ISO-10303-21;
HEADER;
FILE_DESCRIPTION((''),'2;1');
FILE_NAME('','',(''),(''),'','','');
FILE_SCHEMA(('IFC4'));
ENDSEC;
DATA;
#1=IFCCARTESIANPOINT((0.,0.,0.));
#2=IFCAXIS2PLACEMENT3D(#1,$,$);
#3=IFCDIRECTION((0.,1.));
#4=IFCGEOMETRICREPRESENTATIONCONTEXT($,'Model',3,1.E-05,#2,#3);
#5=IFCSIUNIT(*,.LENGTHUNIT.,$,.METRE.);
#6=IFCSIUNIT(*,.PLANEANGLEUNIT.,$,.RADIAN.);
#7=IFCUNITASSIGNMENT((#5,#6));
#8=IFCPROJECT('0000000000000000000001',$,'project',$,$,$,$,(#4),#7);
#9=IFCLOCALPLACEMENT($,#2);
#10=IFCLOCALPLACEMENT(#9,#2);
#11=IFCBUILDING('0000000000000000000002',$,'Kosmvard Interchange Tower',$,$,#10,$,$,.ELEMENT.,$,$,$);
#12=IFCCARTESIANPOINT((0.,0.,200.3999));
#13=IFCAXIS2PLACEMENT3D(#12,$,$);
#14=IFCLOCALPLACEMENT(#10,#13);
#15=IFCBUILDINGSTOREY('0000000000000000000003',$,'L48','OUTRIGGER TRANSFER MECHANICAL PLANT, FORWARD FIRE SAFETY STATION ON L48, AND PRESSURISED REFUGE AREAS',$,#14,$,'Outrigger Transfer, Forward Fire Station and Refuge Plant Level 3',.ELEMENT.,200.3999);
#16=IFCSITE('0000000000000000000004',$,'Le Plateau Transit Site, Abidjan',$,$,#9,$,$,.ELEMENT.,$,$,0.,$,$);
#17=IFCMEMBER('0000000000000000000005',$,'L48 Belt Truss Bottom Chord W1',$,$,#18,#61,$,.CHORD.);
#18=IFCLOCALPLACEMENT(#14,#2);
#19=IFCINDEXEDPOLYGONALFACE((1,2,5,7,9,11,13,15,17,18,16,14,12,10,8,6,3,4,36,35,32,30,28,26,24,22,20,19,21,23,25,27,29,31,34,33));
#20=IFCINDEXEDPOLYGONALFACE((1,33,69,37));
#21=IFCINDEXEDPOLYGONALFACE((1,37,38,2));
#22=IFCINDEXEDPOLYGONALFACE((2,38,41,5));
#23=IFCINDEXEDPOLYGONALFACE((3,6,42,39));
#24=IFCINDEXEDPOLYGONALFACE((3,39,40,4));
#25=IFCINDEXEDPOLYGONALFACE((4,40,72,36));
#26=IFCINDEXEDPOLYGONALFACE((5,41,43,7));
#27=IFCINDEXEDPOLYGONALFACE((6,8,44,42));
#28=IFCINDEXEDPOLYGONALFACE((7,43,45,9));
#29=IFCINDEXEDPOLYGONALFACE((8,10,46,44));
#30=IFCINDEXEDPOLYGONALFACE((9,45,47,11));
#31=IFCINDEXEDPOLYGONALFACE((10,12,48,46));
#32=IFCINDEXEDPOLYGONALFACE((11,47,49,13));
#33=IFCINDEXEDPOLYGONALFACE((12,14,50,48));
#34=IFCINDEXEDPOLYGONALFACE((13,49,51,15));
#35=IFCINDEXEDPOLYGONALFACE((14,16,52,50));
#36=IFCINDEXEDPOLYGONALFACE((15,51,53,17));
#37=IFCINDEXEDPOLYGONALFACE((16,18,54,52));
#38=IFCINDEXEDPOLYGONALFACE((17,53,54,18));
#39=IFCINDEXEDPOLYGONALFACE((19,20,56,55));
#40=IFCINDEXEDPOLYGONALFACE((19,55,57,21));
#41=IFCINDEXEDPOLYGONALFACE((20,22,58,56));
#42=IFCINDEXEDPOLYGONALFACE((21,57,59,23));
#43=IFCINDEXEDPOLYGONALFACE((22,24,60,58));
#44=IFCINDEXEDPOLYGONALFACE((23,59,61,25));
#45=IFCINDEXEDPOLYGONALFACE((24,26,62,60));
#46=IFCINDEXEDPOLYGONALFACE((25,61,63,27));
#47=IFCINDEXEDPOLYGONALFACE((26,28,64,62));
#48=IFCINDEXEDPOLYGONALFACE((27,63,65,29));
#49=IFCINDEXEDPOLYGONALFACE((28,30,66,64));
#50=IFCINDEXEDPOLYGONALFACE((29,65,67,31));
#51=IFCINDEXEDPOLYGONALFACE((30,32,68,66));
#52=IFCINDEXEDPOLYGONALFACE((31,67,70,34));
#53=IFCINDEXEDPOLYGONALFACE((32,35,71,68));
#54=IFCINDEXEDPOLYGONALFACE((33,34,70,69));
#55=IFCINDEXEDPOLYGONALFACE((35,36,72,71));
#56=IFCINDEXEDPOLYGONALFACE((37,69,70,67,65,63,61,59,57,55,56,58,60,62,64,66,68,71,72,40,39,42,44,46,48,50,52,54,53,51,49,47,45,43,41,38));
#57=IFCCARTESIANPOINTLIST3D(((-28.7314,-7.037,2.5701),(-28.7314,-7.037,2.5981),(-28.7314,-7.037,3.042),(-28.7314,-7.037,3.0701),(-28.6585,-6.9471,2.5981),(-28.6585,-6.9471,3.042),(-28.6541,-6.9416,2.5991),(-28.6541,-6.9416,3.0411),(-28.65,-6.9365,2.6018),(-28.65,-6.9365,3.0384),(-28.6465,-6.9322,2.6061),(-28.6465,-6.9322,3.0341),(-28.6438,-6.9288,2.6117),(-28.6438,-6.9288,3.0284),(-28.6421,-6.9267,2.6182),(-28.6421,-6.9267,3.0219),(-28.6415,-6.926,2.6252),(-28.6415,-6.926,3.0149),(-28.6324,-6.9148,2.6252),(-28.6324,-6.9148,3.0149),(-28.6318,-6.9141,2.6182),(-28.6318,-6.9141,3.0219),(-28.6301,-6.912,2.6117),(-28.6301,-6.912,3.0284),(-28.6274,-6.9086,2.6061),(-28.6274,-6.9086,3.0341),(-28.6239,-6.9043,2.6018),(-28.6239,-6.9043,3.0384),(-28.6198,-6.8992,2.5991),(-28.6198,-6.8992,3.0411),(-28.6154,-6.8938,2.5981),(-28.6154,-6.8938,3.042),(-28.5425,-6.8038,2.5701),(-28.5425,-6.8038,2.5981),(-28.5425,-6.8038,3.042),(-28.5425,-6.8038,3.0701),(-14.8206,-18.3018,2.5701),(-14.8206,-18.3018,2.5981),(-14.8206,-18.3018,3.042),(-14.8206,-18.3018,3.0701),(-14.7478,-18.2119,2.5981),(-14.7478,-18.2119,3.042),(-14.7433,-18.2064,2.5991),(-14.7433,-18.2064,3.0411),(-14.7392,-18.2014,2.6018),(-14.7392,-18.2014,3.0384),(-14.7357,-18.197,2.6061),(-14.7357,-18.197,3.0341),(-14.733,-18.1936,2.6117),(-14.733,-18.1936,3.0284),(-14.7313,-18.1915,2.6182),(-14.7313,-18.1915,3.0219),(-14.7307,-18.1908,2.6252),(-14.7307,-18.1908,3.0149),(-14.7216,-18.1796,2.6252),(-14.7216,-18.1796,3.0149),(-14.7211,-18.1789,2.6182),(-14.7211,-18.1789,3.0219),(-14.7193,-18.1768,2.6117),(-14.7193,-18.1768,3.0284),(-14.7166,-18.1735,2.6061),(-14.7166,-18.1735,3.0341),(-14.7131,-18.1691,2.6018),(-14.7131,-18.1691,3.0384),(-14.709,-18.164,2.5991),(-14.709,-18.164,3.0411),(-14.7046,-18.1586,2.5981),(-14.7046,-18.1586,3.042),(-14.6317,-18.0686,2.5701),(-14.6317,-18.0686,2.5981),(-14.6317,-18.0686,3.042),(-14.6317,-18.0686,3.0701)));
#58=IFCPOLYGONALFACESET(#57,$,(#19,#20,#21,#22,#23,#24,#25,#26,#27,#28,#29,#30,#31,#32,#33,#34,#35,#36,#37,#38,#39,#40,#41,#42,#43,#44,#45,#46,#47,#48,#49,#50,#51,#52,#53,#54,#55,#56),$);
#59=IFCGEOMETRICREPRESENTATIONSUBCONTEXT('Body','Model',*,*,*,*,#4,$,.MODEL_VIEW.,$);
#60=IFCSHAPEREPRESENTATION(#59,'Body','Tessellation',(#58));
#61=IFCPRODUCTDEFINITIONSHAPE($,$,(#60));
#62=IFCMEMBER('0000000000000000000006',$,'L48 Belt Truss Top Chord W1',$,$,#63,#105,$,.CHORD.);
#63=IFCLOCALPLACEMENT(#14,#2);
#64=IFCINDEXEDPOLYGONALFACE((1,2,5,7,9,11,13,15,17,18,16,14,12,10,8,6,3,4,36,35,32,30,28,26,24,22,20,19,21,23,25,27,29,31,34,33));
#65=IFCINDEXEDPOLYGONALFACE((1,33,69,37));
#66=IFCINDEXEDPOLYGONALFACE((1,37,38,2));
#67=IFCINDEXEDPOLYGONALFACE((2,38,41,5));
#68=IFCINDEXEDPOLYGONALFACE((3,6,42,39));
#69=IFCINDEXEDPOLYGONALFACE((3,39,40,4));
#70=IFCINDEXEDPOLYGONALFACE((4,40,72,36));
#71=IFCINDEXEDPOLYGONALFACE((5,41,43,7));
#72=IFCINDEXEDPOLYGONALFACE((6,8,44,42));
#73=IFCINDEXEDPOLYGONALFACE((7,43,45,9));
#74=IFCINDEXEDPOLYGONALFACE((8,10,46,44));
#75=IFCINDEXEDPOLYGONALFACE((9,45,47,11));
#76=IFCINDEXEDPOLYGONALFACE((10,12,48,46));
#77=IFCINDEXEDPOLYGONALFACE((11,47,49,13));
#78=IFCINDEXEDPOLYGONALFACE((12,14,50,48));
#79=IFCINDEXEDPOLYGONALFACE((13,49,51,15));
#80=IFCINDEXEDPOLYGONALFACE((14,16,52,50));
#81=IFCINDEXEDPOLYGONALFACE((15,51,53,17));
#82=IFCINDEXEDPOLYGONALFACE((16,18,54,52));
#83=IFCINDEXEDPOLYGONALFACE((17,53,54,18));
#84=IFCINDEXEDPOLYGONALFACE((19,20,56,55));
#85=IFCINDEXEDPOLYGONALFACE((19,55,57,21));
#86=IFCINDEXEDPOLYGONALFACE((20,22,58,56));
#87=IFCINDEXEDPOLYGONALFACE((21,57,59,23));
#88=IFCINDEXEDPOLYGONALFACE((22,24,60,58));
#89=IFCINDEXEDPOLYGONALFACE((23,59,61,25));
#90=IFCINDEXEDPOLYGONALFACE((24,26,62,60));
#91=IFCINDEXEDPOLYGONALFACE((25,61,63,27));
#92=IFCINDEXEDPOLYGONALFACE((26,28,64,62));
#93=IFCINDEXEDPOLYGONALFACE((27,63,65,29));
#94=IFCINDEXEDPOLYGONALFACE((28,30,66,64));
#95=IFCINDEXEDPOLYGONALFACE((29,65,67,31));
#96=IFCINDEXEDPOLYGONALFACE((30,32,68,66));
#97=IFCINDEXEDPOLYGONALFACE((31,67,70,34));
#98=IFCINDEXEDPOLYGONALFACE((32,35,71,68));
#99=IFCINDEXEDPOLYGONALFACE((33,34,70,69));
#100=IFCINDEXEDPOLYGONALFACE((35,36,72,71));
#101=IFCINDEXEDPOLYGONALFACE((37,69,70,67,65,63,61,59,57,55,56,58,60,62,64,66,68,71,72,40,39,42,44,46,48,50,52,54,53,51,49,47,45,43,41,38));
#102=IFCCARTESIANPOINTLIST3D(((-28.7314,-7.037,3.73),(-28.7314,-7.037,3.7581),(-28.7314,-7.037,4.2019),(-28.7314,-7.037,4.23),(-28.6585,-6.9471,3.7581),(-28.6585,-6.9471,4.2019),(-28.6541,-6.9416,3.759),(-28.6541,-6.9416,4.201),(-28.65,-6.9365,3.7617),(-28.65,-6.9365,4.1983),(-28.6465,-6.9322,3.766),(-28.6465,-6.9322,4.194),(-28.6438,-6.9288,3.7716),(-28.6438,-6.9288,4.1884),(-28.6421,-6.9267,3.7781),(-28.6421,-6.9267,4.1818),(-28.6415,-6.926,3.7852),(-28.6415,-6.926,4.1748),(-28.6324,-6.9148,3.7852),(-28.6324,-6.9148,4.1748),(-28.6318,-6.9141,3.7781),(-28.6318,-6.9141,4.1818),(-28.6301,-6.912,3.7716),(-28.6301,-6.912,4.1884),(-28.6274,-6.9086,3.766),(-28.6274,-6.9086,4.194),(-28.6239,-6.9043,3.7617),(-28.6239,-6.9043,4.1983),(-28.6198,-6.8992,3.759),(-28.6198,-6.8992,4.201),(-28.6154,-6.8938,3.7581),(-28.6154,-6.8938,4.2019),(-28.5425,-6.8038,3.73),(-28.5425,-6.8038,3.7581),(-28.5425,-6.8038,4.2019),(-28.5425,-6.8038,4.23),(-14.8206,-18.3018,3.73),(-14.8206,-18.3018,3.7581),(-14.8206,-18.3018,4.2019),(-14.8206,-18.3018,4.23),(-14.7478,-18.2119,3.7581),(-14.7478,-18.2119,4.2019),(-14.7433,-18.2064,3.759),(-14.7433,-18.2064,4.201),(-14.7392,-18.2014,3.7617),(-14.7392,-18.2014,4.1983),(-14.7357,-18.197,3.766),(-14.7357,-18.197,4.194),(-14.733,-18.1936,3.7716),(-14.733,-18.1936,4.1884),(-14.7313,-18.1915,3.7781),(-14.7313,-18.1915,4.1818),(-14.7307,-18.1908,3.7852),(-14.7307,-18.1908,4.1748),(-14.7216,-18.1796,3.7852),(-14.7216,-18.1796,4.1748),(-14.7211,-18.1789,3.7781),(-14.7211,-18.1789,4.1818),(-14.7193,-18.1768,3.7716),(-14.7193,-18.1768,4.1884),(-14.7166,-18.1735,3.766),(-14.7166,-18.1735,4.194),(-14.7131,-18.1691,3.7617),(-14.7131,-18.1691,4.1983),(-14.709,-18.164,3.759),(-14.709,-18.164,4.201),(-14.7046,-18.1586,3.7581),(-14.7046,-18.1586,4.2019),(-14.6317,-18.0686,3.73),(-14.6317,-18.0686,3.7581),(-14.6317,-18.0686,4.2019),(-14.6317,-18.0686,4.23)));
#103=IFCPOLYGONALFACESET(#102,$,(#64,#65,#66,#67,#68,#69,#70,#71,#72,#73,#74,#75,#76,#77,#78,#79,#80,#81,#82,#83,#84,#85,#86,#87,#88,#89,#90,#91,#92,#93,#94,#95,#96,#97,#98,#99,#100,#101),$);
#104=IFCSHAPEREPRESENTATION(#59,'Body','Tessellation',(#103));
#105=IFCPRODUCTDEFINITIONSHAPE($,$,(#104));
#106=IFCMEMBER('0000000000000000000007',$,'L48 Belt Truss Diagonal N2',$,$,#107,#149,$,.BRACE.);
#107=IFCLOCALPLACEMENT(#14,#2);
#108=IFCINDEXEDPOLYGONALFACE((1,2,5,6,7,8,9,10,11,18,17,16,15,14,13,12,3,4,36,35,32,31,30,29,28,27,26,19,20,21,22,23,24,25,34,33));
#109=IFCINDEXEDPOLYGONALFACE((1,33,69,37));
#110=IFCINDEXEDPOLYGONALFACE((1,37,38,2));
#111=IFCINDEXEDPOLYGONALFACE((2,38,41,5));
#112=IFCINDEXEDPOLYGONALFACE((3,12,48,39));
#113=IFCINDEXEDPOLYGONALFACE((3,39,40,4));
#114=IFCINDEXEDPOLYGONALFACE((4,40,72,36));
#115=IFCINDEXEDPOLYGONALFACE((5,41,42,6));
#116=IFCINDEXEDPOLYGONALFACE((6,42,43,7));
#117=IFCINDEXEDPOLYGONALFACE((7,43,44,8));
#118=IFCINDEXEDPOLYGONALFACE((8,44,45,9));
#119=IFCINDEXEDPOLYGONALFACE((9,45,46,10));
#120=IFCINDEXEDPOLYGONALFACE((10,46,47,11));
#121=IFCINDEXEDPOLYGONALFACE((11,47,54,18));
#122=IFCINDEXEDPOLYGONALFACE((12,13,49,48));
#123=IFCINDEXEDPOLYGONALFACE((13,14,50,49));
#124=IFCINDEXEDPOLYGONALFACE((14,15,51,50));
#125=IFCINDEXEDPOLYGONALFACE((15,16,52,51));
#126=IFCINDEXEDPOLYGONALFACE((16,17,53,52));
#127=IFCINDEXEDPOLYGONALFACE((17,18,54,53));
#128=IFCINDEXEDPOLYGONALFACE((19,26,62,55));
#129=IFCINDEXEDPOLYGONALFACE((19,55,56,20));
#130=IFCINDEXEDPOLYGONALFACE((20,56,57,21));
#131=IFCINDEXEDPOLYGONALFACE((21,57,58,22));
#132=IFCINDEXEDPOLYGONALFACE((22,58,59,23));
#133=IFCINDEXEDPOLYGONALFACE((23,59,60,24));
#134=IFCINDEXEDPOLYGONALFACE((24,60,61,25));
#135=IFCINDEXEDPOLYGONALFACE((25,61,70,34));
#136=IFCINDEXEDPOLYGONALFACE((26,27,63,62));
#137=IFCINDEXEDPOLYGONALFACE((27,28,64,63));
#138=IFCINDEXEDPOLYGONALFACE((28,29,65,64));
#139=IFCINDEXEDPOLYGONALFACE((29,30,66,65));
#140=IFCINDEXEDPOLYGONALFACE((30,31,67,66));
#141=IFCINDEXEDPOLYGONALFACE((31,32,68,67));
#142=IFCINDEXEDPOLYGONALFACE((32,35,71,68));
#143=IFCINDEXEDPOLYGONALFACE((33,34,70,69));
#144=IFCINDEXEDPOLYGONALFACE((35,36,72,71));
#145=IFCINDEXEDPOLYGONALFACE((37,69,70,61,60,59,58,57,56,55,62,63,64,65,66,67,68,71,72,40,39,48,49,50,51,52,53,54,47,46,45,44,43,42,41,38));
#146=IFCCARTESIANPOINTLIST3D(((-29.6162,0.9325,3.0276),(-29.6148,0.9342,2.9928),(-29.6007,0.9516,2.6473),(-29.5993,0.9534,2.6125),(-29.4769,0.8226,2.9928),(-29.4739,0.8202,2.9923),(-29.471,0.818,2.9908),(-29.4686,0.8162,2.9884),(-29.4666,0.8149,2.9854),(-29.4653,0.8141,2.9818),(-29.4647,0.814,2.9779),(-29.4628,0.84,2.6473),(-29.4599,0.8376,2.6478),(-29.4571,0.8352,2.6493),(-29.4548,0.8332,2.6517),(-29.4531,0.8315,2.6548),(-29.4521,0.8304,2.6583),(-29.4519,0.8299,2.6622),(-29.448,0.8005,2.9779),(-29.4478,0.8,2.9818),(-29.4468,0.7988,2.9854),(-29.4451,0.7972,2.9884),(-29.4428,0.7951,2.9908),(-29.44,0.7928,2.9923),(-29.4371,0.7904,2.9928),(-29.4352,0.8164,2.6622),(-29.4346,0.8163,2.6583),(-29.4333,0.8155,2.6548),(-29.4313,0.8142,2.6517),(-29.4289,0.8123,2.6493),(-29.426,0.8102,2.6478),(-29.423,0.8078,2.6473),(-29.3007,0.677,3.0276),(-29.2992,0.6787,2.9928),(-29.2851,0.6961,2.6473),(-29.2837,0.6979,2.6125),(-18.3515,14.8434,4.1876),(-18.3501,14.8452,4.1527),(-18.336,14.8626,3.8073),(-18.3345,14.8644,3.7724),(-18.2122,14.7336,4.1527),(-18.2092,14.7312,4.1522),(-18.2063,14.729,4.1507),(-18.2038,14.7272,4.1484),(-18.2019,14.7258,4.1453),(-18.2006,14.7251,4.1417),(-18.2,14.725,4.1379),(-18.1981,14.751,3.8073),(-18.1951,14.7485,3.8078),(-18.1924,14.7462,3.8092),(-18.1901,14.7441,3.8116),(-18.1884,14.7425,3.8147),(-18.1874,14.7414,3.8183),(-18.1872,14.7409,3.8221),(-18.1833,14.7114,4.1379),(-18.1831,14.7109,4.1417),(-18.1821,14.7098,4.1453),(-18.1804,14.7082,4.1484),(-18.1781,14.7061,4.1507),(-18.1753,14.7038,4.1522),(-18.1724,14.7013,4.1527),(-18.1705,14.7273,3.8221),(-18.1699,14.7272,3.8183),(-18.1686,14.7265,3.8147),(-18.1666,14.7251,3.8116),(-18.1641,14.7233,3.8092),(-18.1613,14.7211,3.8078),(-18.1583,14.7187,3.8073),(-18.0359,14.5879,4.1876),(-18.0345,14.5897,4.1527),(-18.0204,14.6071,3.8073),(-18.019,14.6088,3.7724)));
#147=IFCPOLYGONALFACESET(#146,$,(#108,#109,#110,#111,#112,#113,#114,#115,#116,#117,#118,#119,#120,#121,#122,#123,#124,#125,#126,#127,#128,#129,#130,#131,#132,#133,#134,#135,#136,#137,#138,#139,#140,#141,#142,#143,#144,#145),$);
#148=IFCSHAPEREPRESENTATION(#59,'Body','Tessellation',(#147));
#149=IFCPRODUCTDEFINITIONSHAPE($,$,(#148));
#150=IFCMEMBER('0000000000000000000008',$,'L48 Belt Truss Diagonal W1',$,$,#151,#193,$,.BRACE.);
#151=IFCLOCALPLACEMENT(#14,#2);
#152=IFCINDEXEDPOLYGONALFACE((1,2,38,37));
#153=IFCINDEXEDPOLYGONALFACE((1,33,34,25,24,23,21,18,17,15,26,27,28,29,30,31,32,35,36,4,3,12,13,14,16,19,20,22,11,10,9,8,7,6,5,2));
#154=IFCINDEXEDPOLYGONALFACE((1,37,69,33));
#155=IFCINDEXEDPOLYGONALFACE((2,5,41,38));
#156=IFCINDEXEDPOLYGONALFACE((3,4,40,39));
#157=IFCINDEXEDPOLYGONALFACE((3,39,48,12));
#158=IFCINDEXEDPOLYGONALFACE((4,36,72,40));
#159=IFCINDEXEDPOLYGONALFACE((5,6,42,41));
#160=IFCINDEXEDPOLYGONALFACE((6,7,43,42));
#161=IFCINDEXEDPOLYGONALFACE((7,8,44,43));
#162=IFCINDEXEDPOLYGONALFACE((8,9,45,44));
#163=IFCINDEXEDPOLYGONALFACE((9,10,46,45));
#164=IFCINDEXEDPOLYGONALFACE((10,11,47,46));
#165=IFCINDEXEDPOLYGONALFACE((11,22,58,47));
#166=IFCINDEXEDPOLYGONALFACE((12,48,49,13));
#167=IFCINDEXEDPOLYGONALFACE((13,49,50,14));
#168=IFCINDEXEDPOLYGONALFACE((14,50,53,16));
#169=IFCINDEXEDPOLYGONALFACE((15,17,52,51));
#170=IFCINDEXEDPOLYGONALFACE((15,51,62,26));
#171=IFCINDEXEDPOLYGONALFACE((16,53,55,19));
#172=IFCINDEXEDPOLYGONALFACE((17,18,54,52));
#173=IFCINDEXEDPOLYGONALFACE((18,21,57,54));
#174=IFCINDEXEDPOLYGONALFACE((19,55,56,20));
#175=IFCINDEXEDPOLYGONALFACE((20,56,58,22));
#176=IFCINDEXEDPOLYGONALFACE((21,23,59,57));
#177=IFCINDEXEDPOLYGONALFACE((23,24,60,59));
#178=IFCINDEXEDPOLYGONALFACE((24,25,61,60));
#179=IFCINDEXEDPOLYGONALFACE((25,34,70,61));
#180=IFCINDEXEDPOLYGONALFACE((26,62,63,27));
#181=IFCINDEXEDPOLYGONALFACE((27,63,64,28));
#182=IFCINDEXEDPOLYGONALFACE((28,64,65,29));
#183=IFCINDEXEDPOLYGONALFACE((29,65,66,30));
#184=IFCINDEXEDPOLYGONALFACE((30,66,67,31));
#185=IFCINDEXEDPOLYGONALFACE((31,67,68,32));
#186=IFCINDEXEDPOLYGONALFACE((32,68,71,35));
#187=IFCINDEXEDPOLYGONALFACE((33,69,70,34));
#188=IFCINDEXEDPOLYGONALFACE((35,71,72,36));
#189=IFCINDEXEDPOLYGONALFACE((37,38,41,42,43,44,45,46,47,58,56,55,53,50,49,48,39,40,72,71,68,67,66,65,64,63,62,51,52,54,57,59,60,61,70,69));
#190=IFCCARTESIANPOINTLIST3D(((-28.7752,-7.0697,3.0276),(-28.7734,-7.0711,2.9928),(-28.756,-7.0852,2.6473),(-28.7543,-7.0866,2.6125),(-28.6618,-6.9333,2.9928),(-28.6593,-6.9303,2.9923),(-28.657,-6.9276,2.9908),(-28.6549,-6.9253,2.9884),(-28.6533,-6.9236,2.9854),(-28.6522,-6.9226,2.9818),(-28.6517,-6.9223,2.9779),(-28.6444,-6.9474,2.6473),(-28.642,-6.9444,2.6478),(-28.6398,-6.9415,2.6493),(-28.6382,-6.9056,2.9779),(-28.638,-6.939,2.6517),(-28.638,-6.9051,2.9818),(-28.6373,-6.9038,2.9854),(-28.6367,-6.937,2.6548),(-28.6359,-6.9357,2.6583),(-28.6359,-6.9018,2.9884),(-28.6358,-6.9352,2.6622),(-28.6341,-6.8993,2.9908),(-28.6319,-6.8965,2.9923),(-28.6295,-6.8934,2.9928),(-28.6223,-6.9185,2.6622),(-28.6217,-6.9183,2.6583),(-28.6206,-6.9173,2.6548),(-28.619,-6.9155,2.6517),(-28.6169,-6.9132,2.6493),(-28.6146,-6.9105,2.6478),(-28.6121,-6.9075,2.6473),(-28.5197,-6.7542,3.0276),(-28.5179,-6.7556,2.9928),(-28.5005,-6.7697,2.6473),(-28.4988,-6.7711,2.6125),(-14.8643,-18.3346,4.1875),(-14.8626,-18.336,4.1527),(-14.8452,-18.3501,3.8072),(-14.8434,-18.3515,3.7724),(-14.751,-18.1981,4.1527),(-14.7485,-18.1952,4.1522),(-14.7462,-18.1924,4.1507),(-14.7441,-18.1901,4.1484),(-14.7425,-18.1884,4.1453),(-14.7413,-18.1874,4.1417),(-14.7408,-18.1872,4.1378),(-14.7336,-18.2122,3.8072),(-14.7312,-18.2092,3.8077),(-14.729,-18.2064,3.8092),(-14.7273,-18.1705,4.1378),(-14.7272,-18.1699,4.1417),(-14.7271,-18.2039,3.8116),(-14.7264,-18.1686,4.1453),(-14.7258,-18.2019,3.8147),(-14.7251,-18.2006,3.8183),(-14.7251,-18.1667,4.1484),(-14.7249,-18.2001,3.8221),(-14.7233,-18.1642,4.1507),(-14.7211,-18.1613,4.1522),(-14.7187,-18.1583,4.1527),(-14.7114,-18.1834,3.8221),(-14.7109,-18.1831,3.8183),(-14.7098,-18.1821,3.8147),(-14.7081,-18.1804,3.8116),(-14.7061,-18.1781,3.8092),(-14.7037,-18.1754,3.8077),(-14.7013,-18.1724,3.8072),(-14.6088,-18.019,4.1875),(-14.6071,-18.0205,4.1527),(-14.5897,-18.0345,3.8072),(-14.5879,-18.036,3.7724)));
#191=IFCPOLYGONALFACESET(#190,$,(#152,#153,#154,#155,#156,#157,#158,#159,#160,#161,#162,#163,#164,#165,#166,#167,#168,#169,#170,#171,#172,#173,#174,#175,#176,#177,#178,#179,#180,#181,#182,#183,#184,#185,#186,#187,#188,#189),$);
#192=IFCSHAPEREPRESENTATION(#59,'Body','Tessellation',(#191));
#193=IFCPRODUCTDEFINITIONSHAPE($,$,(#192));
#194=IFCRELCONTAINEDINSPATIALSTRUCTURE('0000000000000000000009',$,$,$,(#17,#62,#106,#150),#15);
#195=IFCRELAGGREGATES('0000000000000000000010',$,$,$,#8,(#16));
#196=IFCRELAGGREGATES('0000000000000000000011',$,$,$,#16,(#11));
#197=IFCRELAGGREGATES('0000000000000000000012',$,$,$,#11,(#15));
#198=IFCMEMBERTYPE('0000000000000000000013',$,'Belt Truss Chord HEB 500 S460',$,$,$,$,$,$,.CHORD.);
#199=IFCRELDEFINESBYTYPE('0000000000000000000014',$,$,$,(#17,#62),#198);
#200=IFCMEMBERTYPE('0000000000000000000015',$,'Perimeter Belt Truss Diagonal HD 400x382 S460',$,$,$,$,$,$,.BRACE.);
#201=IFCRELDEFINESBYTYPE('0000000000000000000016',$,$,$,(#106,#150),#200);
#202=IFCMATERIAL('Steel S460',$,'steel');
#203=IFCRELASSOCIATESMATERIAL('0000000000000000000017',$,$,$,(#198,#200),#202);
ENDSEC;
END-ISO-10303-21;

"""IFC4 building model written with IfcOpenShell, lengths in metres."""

from ifc_helpers import new_model, si_unit, direction, frame, origin, origin_2d, place, context, subcontext, project, spatial, i_section, extrude, source, transform, mapped, material, material_profile, profile_set, type_object, element, save


model = new_model("IFC4")

# Units and contexts
model_context = context("Model", 3, precision=1e-05, world=origin(), true_north=direction((0.0, 1.0)))
body_context = subcontext(model_context, "Body", "Model", "MODEL_VIEW")
ifc_project = project(units=[si_unit("LENGTHUNIT", "METRE"), si_unit("PLANEANGLEUNIT", "RADIAN")], contexts=[model_context])

# Site, building, storey
site_placement = place(None, origin())
site = spatial("IfcSite", under=ifc_project, at=site_placement, Name="Le Plateau Transit Site, Abidjan", CompositionType="ELEMENT", RefElevation=0.0)
building_placement = place(site_placement, origin())
building = spatial("IfcBuilding", under=site, at=building_placement, Name="Kosmvard Interchange Tower", CompositionType="ELEMENT")
storey_placement = place(building_placement, frame((0.0, 0.0, 200.3999)))
storey = spatial("IfcBuildingStorey", under=building, at=storey_placement, Name="L48", Description="OUTRIGGER TRANSFER MECHANICAL PLANT, FORWARD FIRE SAFETY STATION ON L48, AND PRESSURISED REFUGE AREAS", LongName="Outrigger Transfer, Forward Fire Station and Refuge Plant Level 3", CompositionType="ELEMENT", Elevation=200.3999)

# Shared definitions
ifc_material_1 = material(Name="Steel S460", Category="steel")

# Members
ifc_material_profile_1 = material_profile(ifc_material_1, i_section(OverallWidth=0.3, OverallDepth=0.5, WebThickness=0.0144, FlangeThickness=0.0281, FilletRadius=0.0271, at=origin_2d()), Name="HEB 500")
ifc_profile_set_1 = profile_set([ifc_material_profile_1], Name="Steel S460")
member_type_1 = type_object("IfcMemberType", Name="Belt Truss Chord HEB 500 S460", PredefinedType="CHORD", material=ifc_profile_set_1)
shared_shape_1 = source(origin(), body_context, "Body", "SweptSolid", [
    extrude(i_section(OverallWidth=0.3, OverallDepth=0.5, WebThickness=0.0144, FlangeThickness=0.0281, FilletRadius=0.0271, at=origin_2d()), origin(), (0.0, 0.0, 1.0), 17.8999),
])
for number, where, z_axis, x_axis, name in (
    (1, (-28.637, -6.9204, 2.8201), (0.777144, -0.629323, 0.0), (0.629323, 0.777144, 0.0), "L48 Belt Truss Bottom Chord W1"),
    (2, (-28.637, -6.9204, 3.98), (0.777144, -0.629323, 0.0), (0.629323, 0.777144, 0.0), "L48 Belt Truss Top Chord W1"),
):
    element("IfcMember", number, at=place(storey_placement, frame(where, z_axis=z_axis, x_axis=x_axis)), inside=storey, type_object=member_type_1, Name=name, PredefinedType="CHORD", context=body_context, shape_type="MappedRepresentation", body=[
        mapped(shared_shape_1, transform((0.0, 0.0, 0.0), scale=1.0)),
    ])
ifc_material_profile_2 = material_profile(ifc_material_1, i_section(OverallWidth=0.406, OverallDepth=0.416, WebThickness=0.0215, FlangeThickness=0.0349, FilletRadius=0.0149, at=origin_2d()), Name="HD 400x382")
ifc_profile_set_2 = profile_set([ifc_material_profile_2], Name="Steel S460")
member_type_2 = type_object("IfcMemberType", Name="Perimeter Belt Truss Diagonal HD 400x382 S460", PredefinedType="BRACE", material=ifc_profile_set_2)
shared_shape_2 = source(origin(), body_context, "Body", "SweptSolid", [
    extrude(i_section(OverallWidth=0.406, OverallDepth=0.416, WebThickness=0.0215, FlangeThickness=0.0349, FilletRadius=0.0149, at=origin_2d()), origin(), (0.0, 0.0, 1.0), 17.9375),
])
for number, where, z_axis, x_axis, name in (
    (3, (-29.45, 0.8152, 2.8201), (0.627998, 0.775524, 0.064664), (-0.777151, 0.629315, 0.0), "L48 Belt Truss Diagonal N2"),
    (4, (-28.637, -6.9204, 2.8201), (0.775517, -0.628006, 0.064664), (0.629323, 0.777144, 0.0), "L48 Belt Truss Diagonal W1"),
):
    element("IfcMember", number, at=place(storey_placement, frame(where, z_axis=z_axis, x_axis=x_axis)), inside=storey, type_object=member_type_2, Name=name, PredefinedType="BRACE", context=body_context, shape_type="MappedRepresentation", body=[
        mapped(shared_shape_2, transform((0.0, 0.0, 0.0), scale=1.0)),
    ])

save(model, "model.ifc")
